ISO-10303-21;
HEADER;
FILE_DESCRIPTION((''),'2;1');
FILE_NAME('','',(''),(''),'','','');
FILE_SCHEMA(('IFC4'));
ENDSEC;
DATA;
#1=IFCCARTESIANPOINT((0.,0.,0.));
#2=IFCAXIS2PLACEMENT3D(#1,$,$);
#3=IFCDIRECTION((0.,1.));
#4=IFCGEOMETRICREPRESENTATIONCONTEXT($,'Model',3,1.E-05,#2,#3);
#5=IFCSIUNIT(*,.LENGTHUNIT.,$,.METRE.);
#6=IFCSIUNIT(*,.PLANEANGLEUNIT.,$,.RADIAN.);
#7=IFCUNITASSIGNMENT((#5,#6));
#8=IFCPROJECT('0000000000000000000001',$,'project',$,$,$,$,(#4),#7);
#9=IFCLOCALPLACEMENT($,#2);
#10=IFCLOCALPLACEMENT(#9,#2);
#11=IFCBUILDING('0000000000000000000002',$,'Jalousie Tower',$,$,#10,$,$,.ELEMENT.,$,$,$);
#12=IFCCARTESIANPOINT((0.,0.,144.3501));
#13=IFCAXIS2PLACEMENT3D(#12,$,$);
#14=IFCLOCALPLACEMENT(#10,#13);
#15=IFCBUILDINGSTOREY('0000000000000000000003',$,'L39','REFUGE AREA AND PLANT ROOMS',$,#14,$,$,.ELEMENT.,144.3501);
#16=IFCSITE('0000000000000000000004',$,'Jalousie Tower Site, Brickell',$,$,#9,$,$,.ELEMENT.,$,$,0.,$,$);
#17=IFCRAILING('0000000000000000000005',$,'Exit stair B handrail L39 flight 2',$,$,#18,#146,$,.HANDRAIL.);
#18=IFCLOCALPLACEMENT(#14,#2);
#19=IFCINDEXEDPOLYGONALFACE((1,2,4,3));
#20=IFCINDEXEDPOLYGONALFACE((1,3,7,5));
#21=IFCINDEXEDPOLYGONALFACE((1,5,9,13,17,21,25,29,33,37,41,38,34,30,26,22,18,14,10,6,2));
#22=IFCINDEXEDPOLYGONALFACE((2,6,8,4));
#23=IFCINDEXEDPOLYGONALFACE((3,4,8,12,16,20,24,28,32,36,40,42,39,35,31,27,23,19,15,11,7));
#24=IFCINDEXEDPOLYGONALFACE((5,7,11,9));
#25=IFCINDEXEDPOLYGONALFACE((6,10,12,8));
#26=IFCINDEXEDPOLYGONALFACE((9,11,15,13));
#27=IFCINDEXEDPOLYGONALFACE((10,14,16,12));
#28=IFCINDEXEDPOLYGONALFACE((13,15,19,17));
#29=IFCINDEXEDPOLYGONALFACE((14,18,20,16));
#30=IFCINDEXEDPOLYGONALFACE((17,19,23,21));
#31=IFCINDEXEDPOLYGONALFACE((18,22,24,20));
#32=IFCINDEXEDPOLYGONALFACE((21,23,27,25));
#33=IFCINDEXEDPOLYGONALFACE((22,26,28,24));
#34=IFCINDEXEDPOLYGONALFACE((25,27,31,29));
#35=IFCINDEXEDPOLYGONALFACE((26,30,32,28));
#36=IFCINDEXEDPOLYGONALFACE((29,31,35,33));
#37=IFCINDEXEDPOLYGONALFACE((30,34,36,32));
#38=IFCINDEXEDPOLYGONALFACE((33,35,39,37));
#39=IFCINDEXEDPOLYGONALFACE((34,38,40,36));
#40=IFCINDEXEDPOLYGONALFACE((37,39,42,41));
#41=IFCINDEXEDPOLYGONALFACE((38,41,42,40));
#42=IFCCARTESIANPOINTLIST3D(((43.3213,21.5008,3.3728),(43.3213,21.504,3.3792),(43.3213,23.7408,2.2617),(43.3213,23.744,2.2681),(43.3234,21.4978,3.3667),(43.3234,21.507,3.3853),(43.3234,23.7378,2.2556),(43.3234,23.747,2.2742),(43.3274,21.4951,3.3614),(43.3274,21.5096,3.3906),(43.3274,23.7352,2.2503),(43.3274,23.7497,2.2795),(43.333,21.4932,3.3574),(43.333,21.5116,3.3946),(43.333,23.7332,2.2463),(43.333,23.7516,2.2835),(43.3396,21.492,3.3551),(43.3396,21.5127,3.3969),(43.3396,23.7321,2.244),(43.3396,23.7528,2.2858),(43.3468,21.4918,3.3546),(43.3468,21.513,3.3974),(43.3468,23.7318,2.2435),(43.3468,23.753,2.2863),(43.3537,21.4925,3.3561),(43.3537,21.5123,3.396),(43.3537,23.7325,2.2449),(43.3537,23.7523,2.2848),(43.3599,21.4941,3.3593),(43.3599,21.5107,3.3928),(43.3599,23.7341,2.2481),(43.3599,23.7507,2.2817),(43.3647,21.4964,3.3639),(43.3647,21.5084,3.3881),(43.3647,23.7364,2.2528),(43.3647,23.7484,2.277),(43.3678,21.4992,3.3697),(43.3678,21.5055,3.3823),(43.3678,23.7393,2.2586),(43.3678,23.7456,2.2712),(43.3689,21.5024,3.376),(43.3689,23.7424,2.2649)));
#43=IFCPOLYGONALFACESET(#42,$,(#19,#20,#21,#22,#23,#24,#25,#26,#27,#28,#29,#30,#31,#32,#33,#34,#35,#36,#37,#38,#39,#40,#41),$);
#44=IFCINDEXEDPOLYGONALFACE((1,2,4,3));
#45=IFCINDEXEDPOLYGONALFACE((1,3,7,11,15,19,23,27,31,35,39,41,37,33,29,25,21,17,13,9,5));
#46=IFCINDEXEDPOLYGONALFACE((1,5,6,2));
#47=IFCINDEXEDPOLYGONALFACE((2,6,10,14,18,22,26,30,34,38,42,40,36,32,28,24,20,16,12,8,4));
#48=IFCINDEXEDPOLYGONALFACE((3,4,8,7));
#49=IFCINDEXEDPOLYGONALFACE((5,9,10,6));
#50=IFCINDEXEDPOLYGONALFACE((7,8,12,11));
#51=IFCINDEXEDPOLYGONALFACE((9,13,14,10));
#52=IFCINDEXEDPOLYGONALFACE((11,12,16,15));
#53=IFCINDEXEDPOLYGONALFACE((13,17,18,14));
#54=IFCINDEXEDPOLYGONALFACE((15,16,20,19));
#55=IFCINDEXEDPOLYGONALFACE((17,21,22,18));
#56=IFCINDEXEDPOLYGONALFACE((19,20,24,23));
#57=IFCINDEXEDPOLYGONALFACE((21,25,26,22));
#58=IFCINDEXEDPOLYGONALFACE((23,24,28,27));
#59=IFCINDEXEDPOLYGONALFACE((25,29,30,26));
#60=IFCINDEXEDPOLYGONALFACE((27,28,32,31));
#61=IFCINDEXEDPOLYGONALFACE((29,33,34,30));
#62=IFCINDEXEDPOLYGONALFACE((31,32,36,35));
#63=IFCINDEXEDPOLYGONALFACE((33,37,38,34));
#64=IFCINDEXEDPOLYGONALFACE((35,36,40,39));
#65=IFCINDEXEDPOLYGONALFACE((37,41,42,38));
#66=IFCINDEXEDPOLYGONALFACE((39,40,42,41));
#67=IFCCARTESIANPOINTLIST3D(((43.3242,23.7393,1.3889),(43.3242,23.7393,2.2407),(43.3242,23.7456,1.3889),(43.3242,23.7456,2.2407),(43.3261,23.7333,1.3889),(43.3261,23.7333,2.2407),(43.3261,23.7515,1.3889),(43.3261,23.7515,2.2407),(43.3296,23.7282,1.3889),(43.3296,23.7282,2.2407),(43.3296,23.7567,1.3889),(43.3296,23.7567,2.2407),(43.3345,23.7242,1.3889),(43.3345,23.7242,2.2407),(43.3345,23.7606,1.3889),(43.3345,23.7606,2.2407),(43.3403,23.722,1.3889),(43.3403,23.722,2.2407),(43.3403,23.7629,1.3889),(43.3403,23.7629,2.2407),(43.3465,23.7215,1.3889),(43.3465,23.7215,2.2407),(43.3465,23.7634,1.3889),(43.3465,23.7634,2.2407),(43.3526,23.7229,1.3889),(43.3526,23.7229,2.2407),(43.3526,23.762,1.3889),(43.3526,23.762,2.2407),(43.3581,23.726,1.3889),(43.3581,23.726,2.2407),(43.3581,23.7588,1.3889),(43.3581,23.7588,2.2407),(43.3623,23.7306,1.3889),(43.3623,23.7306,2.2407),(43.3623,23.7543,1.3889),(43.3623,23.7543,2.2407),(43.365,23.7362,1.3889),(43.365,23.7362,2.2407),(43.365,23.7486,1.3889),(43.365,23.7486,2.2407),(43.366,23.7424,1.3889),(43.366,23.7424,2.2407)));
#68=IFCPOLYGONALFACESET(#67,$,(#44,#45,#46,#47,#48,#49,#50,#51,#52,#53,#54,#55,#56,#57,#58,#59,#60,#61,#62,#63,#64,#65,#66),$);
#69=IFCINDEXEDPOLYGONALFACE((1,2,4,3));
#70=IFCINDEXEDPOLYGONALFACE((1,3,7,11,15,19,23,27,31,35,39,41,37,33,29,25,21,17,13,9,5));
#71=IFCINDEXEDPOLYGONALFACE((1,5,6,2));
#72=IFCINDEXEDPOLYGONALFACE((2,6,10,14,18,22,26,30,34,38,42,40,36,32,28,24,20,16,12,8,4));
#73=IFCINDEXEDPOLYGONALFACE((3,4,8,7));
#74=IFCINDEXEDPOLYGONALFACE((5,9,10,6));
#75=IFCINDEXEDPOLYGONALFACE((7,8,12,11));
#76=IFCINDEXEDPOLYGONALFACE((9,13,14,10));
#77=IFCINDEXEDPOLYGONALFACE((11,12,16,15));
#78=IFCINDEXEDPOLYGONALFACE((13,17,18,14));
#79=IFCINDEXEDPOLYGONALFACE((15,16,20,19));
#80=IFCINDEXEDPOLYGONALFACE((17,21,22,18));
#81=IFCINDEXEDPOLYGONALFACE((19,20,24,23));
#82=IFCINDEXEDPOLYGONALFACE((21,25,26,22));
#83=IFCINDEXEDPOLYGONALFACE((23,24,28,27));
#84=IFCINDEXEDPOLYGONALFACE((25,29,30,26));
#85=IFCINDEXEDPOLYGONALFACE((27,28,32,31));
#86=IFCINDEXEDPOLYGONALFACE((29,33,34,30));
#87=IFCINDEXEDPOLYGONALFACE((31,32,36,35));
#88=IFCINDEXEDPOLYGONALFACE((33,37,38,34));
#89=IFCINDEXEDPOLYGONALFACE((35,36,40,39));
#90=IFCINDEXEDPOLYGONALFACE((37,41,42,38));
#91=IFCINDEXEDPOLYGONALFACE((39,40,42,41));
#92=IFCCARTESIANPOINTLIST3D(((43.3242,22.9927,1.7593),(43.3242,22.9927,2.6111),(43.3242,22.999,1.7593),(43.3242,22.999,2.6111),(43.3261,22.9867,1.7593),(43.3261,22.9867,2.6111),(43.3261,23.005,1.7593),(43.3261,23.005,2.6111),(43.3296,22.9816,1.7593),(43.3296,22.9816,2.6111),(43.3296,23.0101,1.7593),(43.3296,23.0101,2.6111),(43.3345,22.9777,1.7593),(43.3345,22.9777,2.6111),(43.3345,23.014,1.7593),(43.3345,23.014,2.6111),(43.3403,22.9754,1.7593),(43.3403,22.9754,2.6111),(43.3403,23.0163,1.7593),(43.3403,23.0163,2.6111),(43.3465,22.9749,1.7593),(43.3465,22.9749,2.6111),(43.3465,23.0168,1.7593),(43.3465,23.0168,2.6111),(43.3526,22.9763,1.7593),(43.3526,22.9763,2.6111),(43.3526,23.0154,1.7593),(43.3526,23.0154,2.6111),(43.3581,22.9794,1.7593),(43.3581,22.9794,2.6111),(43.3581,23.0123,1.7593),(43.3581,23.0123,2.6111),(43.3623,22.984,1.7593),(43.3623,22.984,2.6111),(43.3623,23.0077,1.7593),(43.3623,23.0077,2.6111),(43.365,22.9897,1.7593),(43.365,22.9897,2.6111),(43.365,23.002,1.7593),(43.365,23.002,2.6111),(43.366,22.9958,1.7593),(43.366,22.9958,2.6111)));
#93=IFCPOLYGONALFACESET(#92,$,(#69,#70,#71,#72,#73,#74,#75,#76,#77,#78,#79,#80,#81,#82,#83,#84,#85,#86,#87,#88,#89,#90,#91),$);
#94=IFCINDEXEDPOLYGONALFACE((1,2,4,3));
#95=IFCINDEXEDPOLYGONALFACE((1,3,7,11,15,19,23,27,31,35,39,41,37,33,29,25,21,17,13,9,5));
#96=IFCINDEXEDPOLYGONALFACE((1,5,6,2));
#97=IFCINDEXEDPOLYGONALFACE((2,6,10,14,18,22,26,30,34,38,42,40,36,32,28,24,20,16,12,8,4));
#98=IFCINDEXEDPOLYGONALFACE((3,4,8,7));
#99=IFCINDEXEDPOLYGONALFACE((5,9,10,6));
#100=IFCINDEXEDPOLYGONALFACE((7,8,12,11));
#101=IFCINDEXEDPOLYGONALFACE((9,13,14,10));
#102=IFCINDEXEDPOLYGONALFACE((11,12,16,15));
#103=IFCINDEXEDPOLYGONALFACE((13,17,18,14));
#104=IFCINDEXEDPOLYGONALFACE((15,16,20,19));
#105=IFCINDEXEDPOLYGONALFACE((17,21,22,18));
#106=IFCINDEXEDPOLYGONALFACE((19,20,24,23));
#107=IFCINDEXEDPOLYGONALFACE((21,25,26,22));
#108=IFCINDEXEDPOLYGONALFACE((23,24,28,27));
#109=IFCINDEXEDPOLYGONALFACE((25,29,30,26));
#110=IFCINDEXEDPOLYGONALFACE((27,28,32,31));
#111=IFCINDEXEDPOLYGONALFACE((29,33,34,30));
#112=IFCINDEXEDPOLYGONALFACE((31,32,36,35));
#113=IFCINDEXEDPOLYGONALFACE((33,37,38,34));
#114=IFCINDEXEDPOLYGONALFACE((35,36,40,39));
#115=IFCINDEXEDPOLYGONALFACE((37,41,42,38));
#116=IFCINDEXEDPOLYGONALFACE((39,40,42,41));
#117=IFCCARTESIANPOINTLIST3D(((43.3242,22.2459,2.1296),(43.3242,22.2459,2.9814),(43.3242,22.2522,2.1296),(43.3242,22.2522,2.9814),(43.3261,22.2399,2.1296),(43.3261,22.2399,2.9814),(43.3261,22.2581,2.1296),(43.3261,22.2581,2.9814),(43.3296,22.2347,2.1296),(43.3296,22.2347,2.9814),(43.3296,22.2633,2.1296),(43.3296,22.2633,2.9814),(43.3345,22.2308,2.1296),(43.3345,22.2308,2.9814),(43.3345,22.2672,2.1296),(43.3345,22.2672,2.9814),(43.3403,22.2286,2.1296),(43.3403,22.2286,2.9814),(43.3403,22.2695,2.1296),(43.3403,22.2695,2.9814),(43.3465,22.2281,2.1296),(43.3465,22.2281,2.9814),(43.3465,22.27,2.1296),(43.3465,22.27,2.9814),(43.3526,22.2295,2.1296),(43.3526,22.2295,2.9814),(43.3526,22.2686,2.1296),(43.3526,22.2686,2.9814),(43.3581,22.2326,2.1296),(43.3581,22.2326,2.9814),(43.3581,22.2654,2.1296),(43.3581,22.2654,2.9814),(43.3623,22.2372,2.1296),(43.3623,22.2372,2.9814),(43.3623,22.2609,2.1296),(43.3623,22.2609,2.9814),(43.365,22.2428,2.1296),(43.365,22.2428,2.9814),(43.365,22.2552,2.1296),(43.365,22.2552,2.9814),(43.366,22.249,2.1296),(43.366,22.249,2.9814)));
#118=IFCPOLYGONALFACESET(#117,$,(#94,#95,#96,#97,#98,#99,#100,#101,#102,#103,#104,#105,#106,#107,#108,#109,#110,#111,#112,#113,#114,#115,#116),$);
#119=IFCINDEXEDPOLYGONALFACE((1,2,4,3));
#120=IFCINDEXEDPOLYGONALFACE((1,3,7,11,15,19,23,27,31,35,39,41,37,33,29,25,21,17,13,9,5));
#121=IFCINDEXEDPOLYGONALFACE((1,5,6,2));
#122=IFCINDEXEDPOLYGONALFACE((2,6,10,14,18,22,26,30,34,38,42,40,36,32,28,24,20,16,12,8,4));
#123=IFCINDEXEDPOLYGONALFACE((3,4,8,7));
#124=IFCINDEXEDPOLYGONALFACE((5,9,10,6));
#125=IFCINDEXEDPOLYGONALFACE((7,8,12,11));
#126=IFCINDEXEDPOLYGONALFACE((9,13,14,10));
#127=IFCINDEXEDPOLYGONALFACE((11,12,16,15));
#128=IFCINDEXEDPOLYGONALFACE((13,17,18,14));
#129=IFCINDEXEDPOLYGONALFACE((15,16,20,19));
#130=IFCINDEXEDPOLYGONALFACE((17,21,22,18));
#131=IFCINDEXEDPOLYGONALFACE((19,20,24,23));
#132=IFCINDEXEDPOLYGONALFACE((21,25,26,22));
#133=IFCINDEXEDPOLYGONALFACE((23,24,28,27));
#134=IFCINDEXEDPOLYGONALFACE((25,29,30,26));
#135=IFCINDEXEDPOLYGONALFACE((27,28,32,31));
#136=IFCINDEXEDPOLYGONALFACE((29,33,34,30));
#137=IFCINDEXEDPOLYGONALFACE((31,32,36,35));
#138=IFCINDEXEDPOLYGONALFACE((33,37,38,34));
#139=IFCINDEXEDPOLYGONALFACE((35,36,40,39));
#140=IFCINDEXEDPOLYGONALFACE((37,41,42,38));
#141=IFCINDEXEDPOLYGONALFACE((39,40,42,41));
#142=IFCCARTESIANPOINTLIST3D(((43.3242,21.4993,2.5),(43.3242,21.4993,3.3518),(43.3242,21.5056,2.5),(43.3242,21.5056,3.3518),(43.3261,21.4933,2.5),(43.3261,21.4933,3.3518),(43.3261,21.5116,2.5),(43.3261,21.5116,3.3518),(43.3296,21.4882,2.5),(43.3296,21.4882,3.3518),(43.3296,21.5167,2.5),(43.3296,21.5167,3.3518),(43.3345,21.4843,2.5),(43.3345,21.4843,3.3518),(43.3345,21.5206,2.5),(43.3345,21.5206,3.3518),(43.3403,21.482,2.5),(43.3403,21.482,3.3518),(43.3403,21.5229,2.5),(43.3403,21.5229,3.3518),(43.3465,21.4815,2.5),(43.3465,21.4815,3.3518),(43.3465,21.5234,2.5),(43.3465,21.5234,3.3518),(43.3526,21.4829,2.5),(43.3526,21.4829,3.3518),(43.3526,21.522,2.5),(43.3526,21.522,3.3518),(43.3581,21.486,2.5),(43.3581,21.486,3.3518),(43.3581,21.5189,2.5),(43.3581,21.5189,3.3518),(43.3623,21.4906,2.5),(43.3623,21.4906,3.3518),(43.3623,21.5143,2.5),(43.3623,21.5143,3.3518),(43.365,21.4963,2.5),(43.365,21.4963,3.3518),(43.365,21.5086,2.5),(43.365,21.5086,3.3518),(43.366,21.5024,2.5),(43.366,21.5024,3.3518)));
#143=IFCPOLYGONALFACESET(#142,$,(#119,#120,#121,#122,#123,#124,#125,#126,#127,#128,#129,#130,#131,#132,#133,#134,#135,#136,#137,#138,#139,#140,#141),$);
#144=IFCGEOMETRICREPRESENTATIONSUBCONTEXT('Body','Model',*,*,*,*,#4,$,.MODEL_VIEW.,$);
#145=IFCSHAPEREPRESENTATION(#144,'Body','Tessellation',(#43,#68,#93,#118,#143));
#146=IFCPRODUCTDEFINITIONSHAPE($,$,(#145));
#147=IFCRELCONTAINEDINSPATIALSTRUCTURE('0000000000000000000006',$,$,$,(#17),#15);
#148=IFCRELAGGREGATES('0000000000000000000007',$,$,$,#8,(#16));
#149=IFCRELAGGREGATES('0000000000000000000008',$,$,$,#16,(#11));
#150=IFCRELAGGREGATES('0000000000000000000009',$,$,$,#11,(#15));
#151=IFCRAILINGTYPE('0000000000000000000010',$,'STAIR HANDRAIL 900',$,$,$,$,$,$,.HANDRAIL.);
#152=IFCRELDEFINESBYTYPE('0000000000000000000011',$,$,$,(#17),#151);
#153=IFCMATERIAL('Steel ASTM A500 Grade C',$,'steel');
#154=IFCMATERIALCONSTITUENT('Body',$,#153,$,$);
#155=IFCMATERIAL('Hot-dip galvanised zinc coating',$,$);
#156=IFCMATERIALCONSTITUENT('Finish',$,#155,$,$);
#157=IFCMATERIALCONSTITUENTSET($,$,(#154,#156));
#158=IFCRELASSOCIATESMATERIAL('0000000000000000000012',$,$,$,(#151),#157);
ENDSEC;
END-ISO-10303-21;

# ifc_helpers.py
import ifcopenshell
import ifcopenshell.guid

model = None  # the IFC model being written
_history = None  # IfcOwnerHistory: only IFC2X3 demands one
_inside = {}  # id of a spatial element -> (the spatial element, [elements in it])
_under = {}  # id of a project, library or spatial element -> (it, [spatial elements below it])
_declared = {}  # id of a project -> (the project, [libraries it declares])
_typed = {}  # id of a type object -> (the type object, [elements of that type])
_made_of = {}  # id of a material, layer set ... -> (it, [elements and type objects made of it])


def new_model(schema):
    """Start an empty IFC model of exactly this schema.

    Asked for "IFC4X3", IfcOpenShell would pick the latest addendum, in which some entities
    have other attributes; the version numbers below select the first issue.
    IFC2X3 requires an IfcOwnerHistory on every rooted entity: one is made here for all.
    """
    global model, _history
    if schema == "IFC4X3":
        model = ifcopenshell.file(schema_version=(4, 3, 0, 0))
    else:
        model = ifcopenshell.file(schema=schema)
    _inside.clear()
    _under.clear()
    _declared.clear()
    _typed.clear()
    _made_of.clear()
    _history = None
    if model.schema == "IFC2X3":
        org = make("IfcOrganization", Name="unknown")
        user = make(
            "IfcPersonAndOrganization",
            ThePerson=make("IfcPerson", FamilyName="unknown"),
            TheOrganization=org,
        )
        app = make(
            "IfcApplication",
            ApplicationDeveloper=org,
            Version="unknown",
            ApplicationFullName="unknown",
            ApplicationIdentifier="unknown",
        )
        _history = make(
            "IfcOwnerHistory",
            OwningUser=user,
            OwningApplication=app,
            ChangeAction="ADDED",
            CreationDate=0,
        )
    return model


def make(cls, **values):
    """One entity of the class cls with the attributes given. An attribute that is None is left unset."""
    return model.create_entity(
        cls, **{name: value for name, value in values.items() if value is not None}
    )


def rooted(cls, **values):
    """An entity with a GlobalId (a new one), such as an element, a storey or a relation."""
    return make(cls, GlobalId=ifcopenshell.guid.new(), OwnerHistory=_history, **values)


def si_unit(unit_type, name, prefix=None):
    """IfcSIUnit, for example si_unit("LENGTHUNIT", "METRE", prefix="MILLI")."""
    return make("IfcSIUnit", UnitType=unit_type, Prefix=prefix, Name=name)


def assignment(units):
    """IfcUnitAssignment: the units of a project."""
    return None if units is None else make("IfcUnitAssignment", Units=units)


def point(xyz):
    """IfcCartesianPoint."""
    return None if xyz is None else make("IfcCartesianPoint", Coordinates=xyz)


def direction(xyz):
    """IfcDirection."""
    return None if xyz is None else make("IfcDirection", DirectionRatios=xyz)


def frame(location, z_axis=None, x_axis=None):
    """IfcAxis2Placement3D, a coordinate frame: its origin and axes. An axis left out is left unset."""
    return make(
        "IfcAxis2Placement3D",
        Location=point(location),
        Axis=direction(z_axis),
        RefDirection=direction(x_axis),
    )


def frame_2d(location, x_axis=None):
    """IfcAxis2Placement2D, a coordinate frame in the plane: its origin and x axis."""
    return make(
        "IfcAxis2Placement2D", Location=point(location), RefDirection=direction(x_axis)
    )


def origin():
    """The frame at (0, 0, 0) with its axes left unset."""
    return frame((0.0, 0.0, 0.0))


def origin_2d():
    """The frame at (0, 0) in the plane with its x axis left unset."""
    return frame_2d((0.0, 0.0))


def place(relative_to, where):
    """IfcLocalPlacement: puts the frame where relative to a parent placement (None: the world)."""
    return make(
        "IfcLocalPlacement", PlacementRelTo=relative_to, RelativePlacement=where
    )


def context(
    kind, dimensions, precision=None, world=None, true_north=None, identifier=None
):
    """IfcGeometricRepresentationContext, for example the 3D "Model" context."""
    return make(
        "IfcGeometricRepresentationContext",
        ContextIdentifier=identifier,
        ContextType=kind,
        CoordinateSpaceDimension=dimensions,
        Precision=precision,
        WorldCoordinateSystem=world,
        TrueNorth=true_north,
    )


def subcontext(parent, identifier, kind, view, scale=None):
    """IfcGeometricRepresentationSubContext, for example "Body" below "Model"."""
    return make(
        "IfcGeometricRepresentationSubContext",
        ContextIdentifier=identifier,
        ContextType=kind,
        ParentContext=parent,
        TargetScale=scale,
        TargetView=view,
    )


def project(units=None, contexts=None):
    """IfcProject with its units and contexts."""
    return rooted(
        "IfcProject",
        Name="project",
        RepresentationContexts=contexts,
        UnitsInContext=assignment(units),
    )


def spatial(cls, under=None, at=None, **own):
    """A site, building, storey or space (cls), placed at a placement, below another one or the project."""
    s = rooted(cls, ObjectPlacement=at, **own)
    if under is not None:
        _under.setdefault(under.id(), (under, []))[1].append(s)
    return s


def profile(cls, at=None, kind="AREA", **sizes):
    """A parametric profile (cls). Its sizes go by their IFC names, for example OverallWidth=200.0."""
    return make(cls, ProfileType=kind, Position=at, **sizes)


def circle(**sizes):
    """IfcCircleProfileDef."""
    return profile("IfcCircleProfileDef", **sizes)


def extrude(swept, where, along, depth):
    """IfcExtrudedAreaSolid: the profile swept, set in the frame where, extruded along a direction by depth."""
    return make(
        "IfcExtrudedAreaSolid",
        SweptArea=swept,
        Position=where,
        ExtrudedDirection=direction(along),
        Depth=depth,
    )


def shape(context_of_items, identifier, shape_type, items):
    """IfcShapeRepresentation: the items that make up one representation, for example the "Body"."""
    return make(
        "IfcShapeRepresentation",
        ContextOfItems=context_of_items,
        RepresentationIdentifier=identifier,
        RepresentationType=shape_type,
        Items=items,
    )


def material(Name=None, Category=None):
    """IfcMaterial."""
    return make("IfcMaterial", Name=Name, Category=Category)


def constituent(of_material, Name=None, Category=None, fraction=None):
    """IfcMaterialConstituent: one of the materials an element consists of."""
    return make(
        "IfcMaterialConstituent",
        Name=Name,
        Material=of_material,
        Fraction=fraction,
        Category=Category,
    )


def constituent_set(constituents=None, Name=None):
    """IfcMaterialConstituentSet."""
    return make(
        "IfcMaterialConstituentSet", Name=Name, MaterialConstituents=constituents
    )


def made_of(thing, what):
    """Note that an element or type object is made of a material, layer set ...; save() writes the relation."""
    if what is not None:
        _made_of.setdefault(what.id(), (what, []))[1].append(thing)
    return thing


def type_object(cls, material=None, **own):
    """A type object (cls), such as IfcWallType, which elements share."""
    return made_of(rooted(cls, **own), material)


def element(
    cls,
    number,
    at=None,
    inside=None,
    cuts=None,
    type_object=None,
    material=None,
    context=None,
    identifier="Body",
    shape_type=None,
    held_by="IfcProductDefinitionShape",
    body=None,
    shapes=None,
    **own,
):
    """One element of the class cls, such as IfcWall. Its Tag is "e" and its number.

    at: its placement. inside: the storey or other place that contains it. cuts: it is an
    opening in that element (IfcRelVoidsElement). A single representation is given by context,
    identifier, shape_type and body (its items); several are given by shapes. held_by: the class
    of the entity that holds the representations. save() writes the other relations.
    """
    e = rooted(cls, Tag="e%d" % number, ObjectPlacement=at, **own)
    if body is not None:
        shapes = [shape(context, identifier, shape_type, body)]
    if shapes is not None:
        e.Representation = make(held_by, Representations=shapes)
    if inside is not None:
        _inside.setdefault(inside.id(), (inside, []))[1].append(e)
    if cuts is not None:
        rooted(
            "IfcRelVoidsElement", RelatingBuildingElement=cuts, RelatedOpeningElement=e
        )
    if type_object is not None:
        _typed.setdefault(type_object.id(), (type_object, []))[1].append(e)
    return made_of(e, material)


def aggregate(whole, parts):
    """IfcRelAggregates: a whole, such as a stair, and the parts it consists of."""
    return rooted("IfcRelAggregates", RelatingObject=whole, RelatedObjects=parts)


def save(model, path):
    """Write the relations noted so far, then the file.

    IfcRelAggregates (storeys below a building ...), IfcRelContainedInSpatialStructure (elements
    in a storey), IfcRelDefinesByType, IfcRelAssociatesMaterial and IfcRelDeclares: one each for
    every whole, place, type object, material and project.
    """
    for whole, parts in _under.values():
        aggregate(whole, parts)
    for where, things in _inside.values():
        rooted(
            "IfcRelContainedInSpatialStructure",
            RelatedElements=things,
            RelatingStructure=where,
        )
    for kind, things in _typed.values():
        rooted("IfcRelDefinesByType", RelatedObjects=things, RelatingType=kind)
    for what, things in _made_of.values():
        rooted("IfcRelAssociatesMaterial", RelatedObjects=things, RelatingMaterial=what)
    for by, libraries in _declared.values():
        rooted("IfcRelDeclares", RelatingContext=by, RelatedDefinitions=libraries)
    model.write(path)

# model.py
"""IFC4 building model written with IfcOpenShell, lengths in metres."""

from ifc_helpers import new_model, si_unit, direction, frame, origin, origin_2d, place, context, subcontext, project, spatial, circle, extrude, material, constituent, constituent_set, type_object, element, save


model = new_model("IFC4")

# Units and contexts
model_context = context("Model", 3, precision=1e-05, world=origin(), true_north=direction((0.0, 1.0)))
body_context = subcontext(model_context, "Body", "Model", "MODEL_VIEW")
ifc_project = project(units=[si_unit("LENGTHUNIT", "METRE"), si_unit("PLANEANGLEUNIT", "RADIAN")], contexts=[model_context])

# Site, building, storey
site_placement = place(None, origin())
site = spatial("IfcSite", under=ifc_project, at=site_placement, Name="Jalousie Tower Site, Brickell", CompositionType="ELEMENT", RefElevation=0.0)
building_placement = place(site_placement, origin())
building = spatial("IfcBuilding", under=site, at=building_placement, Name="Jalousie Tower", CompositionType="ELEMENT")
storey_placement = place(building_placement, frame((0.0, 0.0, 144.3501)))
storey = spatial("IfcBuildingStorey", under=building, at=storey_placement, Name="L39", Description="REFUGE AREA AND PLANT ROOMS", CompositionType="ELEMENT", Elevation=144.3501)

# Railing
ifc_material_1 = material(Name="Steel ASTM A500 Grade C", Category="steel")
ifc_constituent_1 = constituent(ifc_material_1, Name="Body")
ifc_material_2 = material(Name="Hot-dip galvanised zinc coating")
ifc_constituent_2 = constituent(ifc_material_2, Name="Finish")
ifc_constituent_set_1 = constituent_set(constituents=[ifc_constituent_1, ifc_constituent_2])
railing_type_1 = type_object("IfcRailingType", Name="STAIR HANDRAIL 900", PredefinedType="HANDRAIL", material=ifc_constituent_set_1)
for number, where, name in (
    (1, (43.345, 23.7424, 1.3889), "Exit stair B handrail L39 flight 2"),
):
    element("IfcRailing", number, at=place(storey_placement, frame(where)), inside=storey, type_object=railing_type_1, Name=name, PredefinedType="HANDRAIL", context=body_context, shape_type="SweptSolid", body=[
        extrude(circle(Radius=0.0239, at=origin_2d()), frame((0.0, 0.0, 0.876), z_axis=(0.0, -0.895848, 0.44436), x_axis=(1.0, 0.0, 0.0)), (0.0, 0.0, 1.0), 2.5005),
        extrude(circle(Radius=0.021, at=origin_2d()), origin(), (0.0, 0.0, 1.0), 0.8518),
        extrude(circle(Radius=0.021, at=origin_2d()), frame((0.0, -0.7466, 0.3704)), (0.0, 0.0, 1.0), 0.8518),
        extrude(circle(Radius=0.021, at=origin_2d()), frame((0.0, -1.4934, 0.7407)), (0.0, 0.0, 1.0), 0.8518),
        extrude(circle(Radius=0.021, at=origin_2d()), frame((0.0, -2.24, 1.1111)), (0.0, 0.0, 1.0), 0.8518),
    ])

save(model, "model.ifc")
